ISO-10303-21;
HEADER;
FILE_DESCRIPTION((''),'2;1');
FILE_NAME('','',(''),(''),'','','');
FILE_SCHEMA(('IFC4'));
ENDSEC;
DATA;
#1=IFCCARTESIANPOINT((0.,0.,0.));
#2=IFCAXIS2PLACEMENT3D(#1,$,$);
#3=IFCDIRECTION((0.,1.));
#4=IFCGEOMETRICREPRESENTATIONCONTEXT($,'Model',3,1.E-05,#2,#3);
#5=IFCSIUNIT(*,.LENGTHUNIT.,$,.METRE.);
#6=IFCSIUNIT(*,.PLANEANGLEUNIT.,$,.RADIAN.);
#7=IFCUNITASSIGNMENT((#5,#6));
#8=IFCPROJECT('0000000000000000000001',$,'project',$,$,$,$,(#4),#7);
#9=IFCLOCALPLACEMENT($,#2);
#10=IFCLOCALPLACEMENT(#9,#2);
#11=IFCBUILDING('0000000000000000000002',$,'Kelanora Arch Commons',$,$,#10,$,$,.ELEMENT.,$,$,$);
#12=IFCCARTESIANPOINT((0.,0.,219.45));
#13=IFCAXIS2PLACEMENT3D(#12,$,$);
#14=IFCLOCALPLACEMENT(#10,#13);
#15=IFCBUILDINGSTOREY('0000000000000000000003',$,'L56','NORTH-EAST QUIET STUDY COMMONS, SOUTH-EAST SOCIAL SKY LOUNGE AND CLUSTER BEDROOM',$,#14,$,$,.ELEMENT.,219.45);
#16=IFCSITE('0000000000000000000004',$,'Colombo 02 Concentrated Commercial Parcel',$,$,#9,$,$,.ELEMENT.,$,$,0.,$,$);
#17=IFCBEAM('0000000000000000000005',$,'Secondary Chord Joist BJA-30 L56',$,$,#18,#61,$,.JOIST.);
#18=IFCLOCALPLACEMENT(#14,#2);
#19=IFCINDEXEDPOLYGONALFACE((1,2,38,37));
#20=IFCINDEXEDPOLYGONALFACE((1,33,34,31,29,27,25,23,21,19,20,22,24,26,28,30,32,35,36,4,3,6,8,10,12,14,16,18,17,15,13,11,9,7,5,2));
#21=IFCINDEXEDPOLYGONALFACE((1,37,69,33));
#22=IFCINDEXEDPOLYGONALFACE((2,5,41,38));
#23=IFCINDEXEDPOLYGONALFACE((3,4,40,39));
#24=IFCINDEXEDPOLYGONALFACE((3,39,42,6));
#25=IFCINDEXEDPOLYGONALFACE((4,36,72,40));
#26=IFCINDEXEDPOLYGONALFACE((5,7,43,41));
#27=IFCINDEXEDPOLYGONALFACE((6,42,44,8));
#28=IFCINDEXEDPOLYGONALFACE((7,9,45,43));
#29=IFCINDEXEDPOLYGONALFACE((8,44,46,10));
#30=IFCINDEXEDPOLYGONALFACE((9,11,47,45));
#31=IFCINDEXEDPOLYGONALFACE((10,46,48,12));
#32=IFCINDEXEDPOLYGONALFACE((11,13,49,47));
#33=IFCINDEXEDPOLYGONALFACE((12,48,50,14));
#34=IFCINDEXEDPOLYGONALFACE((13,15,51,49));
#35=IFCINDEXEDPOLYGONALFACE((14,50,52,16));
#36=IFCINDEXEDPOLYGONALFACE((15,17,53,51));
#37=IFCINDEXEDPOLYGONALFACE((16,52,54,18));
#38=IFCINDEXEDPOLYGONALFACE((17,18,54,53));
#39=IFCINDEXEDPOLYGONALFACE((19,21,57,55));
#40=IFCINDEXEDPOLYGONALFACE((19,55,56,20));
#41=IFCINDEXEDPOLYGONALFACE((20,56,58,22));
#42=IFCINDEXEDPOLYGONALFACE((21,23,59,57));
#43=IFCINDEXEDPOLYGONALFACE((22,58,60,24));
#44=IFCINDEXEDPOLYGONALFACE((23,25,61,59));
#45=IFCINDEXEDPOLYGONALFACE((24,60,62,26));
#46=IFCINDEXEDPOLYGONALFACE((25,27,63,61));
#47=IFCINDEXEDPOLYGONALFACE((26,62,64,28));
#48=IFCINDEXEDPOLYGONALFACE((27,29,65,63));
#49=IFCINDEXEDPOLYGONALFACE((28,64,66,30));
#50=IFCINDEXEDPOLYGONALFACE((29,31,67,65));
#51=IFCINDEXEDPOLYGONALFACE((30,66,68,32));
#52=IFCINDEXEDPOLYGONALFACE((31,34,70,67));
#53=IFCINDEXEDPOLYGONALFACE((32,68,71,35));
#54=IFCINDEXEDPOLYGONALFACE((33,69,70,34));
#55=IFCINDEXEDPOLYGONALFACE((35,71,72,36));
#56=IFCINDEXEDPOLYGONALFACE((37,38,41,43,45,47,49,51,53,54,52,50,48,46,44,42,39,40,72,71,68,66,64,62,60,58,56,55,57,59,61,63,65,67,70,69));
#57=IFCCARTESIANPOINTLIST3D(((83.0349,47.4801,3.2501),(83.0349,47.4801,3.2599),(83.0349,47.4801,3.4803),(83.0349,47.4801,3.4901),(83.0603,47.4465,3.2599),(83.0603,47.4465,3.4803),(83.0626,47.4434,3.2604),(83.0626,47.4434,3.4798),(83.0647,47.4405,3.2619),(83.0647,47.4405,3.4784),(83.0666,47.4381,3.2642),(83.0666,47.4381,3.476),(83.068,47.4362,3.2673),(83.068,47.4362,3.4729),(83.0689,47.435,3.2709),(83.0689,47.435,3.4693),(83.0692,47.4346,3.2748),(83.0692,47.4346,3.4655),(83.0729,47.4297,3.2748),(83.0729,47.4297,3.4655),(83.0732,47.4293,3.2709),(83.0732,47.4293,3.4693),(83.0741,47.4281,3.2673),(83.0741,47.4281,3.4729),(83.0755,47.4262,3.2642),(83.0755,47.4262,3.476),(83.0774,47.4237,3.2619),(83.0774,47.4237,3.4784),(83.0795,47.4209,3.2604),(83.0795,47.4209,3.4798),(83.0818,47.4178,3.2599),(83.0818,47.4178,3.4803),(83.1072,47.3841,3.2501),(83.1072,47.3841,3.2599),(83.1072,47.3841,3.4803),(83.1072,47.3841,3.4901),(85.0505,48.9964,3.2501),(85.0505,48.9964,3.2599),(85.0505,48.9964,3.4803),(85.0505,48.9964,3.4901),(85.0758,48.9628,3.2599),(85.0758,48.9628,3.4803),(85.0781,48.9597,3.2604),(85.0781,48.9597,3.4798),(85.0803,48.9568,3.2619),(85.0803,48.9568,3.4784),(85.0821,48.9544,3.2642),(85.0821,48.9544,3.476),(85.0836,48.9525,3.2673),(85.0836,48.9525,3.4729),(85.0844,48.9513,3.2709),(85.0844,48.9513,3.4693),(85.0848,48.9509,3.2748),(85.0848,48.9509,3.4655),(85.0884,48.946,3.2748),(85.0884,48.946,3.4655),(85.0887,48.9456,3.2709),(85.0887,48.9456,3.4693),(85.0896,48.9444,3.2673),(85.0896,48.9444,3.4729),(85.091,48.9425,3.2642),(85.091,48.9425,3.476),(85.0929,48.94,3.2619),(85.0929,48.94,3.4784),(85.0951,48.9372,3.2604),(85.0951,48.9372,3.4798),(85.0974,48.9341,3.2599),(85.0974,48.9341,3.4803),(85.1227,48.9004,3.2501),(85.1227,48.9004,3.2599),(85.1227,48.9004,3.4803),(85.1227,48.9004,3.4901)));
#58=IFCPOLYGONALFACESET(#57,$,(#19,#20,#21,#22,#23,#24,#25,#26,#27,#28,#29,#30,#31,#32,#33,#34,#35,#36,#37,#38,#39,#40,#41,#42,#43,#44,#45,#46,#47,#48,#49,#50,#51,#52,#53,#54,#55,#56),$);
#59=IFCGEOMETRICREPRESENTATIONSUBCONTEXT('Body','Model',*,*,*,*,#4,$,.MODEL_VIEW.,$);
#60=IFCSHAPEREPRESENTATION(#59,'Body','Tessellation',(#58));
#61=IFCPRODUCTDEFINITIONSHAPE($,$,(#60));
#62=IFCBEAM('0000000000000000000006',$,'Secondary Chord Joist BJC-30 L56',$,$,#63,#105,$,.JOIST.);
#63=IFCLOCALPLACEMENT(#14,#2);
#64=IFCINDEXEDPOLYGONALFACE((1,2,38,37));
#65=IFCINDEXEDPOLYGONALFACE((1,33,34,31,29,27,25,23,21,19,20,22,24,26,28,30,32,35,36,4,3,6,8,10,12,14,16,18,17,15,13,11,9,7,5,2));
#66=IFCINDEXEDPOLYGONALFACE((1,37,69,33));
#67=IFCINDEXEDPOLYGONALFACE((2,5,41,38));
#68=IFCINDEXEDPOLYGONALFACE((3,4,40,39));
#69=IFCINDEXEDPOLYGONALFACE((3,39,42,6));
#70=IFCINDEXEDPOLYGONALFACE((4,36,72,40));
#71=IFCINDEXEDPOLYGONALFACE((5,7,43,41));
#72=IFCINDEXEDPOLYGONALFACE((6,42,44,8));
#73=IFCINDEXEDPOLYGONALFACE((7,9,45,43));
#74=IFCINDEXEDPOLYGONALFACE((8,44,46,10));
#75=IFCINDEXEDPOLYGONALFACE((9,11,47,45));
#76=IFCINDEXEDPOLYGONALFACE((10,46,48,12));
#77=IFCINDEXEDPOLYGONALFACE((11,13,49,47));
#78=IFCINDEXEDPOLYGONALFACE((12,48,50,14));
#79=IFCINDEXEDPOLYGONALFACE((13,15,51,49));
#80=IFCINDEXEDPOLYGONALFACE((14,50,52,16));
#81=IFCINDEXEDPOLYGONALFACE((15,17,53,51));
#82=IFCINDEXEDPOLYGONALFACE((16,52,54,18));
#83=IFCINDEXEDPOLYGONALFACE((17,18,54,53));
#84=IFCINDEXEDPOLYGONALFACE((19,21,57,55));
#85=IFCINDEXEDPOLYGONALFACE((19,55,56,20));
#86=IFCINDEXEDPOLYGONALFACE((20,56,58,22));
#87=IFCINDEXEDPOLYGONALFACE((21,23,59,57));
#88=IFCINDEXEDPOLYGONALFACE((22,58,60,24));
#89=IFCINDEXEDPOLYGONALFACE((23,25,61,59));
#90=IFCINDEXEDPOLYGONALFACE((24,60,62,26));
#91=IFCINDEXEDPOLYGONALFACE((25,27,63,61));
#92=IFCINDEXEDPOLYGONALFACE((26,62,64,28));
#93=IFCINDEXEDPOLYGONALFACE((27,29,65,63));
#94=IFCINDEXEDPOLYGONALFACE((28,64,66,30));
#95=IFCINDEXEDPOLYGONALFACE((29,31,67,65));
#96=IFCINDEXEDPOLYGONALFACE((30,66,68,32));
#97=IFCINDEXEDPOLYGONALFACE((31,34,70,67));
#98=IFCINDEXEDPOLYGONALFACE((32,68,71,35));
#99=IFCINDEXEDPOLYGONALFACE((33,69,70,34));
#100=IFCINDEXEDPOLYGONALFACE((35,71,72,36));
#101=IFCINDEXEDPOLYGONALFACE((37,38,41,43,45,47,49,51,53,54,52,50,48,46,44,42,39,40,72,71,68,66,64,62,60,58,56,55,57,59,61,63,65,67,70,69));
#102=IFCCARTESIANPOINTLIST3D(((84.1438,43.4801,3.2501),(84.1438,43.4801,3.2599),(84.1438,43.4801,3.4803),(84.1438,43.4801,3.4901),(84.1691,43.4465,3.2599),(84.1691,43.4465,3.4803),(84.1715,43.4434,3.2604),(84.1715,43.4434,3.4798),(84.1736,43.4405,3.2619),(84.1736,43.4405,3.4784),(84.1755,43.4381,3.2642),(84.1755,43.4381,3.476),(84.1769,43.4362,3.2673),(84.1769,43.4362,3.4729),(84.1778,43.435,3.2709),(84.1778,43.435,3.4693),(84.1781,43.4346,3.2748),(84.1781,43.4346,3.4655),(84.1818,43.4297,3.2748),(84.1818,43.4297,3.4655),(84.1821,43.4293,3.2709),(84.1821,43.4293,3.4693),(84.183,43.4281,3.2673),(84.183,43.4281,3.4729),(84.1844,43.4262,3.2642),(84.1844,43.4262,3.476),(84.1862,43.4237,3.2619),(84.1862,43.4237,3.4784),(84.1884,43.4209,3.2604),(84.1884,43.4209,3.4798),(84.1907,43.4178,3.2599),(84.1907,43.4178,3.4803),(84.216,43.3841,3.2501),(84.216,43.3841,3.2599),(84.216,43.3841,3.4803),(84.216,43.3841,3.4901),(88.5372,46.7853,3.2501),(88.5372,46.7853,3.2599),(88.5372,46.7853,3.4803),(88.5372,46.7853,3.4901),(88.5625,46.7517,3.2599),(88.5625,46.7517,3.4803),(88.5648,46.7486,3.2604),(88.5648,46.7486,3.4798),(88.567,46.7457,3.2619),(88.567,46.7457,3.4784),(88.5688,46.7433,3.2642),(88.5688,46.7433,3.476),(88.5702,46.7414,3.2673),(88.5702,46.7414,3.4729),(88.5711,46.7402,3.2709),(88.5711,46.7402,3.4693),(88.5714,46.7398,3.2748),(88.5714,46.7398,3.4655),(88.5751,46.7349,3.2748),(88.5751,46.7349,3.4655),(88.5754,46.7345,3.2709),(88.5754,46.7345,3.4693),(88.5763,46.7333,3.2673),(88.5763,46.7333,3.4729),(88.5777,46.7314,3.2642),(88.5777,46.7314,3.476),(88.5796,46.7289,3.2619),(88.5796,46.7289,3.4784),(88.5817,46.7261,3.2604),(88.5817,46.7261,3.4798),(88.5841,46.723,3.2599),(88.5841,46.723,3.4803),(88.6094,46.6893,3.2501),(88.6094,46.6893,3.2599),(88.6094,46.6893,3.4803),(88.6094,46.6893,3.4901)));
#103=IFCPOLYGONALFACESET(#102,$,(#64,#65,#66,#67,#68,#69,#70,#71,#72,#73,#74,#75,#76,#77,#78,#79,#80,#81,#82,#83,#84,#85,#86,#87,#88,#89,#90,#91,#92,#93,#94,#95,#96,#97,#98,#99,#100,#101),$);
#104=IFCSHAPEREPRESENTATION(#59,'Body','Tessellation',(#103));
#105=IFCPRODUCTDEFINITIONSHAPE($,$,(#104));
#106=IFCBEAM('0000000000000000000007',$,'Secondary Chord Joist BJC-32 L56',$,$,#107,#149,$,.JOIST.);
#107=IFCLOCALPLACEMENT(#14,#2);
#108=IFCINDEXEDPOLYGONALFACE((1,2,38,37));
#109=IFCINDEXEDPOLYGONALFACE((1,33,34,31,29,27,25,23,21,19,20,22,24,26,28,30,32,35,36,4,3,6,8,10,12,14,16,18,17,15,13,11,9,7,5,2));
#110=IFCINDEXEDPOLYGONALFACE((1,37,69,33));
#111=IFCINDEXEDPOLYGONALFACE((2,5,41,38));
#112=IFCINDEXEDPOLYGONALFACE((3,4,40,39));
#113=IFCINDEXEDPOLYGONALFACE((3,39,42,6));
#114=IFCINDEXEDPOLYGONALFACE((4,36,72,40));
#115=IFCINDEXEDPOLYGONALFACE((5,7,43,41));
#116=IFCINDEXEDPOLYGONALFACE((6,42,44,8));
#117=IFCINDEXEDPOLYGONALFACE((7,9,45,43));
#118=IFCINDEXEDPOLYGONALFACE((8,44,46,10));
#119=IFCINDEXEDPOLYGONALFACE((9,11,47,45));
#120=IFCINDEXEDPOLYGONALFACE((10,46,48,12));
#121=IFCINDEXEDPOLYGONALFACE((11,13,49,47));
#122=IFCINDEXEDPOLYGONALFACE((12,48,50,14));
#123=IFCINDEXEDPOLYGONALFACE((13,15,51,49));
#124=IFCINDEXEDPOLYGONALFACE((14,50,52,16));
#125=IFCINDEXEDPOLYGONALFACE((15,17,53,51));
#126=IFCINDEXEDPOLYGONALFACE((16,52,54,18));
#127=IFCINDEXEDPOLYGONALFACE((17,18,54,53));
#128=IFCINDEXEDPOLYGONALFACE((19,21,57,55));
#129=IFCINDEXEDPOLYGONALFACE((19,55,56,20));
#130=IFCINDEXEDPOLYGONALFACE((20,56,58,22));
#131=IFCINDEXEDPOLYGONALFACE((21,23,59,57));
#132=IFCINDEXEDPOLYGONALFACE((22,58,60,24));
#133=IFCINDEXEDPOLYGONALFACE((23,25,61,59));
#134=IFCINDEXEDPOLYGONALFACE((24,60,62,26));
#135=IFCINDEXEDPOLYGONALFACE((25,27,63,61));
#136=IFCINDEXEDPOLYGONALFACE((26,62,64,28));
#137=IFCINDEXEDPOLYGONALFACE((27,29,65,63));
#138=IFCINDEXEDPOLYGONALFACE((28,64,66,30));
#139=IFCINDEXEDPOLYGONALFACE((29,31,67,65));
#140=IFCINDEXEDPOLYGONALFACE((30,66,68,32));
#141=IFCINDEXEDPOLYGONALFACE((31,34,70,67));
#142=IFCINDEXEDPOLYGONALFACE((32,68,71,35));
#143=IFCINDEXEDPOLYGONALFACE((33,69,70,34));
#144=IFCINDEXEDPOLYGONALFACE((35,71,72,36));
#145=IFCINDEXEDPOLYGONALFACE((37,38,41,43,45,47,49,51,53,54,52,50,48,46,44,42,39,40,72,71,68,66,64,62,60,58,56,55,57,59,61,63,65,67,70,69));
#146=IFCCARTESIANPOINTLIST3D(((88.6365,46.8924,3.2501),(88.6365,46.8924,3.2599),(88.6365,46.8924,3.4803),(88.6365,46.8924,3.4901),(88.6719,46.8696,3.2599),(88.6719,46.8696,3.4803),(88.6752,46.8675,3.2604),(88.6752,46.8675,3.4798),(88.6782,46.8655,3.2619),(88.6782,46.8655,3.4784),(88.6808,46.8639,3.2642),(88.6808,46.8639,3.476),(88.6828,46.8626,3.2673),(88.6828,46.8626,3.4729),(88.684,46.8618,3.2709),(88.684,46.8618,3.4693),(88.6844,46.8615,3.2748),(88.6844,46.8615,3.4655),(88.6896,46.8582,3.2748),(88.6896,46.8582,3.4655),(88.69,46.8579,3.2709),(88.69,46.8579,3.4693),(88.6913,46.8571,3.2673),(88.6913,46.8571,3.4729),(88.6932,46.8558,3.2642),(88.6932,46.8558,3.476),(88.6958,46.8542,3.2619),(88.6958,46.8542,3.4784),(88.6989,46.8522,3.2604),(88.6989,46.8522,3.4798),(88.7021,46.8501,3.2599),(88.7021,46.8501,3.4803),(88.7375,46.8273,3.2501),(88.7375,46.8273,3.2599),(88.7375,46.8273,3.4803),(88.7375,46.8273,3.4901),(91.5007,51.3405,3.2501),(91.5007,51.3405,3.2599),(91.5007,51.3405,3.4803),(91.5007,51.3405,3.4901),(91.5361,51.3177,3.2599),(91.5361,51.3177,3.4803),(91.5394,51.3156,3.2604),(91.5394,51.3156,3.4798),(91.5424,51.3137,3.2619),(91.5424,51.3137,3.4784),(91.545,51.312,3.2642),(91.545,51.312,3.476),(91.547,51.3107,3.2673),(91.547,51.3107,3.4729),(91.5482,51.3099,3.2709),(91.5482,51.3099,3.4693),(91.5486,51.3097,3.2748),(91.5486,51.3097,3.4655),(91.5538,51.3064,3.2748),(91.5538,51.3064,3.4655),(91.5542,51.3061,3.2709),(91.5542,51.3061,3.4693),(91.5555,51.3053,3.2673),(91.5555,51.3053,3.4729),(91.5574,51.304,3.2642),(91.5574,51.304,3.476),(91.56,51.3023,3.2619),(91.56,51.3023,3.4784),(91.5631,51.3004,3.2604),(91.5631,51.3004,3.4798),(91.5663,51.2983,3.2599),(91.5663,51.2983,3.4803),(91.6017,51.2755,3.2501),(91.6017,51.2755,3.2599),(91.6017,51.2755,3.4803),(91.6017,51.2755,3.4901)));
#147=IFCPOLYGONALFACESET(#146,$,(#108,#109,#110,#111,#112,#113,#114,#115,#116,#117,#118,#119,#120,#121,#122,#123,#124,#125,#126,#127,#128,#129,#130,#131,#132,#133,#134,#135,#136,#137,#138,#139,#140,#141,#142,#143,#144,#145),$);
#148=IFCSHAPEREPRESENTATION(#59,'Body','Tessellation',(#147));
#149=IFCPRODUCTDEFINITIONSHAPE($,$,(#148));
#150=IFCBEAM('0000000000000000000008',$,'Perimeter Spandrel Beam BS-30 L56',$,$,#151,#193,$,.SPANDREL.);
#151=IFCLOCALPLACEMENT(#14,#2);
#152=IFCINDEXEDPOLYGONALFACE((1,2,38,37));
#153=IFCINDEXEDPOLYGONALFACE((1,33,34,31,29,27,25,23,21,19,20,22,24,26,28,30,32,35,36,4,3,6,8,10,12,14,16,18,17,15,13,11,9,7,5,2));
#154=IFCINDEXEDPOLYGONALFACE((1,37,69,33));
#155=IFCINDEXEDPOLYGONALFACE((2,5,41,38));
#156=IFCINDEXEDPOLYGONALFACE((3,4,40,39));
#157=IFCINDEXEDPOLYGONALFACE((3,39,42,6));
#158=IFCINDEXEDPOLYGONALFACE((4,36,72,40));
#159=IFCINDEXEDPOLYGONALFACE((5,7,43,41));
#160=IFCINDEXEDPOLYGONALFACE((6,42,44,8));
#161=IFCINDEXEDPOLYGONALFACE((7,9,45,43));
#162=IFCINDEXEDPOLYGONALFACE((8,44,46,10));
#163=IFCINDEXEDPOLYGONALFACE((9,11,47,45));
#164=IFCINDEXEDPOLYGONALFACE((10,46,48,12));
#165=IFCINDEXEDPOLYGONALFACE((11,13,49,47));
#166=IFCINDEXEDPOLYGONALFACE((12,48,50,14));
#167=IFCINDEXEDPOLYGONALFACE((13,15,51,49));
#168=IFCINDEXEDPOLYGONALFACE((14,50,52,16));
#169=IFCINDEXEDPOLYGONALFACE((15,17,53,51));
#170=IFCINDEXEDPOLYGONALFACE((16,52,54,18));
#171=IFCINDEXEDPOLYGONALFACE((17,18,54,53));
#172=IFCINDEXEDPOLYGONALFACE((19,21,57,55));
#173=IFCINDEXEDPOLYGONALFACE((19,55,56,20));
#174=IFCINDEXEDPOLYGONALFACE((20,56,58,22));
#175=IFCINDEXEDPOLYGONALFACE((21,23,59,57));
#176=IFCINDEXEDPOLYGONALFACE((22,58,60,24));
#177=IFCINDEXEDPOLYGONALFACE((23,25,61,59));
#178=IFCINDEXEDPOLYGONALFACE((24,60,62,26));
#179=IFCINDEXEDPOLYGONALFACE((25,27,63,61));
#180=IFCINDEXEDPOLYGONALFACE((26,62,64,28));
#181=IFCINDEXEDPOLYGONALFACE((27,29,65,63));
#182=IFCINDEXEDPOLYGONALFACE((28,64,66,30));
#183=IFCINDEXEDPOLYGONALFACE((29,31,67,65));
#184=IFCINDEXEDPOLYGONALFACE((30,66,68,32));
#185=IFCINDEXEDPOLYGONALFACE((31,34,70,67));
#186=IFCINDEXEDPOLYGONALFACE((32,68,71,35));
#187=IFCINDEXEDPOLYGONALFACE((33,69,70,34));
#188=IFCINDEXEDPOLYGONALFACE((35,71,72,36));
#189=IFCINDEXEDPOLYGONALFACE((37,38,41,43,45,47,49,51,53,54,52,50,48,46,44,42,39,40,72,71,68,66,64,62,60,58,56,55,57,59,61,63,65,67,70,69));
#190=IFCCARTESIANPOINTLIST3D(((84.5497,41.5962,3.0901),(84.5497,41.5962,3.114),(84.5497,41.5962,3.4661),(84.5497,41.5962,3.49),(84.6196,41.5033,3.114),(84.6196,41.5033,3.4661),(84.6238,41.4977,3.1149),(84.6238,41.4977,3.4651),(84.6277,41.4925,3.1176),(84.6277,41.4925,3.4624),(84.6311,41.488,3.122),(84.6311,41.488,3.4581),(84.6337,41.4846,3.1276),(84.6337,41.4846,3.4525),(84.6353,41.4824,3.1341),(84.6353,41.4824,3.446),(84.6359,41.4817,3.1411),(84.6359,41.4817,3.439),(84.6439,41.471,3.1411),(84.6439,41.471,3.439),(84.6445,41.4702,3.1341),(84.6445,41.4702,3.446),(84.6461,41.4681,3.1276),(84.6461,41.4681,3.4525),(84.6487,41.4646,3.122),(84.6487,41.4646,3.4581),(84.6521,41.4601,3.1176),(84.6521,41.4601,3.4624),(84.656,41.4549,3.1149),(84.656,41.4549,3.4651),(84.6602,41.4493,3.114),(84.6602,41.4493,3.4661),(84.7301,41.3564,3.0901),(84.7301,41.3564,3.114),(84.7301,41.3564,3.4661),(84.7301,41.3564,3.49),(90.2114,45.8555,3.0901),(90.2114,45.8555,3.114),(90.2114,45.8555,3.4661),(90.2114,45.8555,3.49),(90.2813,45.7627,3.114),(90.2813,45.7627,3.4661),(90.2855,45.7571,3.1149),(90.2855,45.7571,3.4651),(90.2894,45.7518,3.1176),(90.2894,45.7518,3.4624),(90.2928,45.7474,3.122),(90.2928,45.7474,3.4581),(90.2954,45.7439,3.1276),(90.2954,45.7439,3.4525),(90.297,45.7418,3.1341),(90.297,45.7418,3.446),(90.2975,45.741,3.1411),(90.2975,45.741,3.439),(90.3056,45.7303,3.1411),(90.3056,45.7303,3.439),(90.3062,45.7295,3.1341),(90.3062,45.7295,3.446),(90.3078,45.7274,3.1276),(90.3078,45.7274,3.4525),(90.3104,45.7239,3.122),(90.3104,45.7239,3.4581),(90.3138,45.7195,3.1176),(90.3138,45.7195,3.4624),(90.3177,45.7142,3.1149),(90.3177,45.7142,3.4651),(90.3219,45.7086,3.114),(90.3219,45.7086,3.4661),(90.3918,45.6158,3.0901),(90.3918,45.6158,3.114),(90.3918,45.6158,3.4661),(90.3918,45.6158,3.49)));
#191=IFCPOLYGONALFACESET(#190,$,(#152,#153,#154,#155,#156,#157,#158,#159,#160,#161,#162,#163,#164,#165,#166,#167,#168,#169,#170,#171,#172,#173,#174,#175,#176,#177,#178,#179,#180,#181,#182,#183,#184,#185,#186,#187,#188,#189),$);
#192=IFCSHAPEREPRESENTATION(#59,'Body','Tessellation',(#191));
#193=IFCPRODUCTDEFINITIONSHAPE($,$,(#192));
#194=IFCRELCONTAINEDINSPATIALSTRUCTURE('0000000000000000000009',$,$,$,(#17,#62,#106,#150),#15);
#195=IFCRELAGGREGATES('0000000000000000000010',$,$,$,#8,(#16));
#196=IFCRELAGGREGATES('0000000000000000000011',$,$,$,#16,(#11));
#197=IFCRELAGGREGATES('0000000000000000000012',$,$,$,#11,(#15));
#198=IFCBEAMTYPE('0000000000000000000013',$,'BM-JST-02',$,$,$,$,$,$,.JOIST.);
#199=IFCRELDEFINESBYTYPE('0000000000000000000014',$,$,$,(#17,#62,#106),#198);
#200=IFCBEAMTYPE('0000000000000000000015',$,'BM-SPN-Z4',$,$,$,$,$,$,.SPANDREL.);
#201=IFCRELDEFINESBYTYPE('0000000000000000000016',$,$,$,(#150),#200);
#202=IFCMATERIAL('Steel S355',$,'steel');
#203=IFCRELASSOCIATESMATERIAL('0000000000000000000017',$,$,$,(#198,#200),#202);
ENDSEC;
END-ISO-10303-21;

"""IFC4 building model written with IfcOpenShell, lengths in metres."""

from ifc_helpers import new_model, si_unit, direction, frame, origin, origin_2d, place, context, subcontext, project, spatial, i_section, extrude, material, material_profile, profile_set, type_object, element, save


model = new_model("IFC4")

# Units and contexts
model_context = context("Model", 3, precision=1e-05, world=origin(), true_north=direction((0.0, 1.0)))
body_context = subcontext(model_context, "Body", "Model", "MODEL_VIEW")
ifc_project = project(units=[si_unit("LENGTHUNIT", "METRE"), si_unit("PLANEANGLEUNIT", "RADIAN")], contexts=[model_context])

# Site, building, storey
site_placement = place(None, origin())
site = spatial("IfcSite", under=ifc_project, at=site_placement, Name="Colombo 02 Concentrated Commercial Parcel", CompositionType="ELEMENT", RefElevation=0.0)
building_placement = place(site_placement, origin())
building = spatial("IfcBuilding", under=site, at=building_placement, Name="Kelanora Arch Commons", CompositionType="ELEMENT")
storey_placement = place(building_placement, frame((0.0, 0.0, 219.45)))
storey = spatial("IfcBuildingStorey", under=building, at=storey_placement, Name="L56", Description="NORTH-EAST QUIET STUDY COMMONS, SOUTH-EAST SOCIAL SKY LOUNGE AND CLUSTER BEDROOM", CompositionType="ELEMENT", Elevation=219.45)

# Beams
ifc_material_1 = material(Name="Steel S355", Category="steel")
ifc_material_profile_1 = material_profile(ifc_material_1, i_section(OverallWidth=0.1201, OverallDepth=0.24, WebThickness=0.0061, FlangeThickness=0.0098, FilletRadius=0.0149, at=origin_2d()), Name="IPE240")
ifc_profile_set_1 = profile_set([ifc_material_profile_1], Name="Steel S355")
beam_type_1 = type_object("IfcBeamType", Name="BM-JST-02", PredefinedType="JOIST", material=ifc_profile_set_1)
beam_1_placement = place(storey_placement, frame((83.071, 47.4321, 3.3701), z_axis=(0.799116, 0.601176, 0.0), x_axis=(-0.601176, 0.799116, 0.0)))
element("IfcBeam", 1, at=beam_1_placement, inside=storey, type_object=beam_type_1, Name="Secondary Chord Joist BJA-30 L56", PredefinedType="JOIST", context=body_context, shape_type="SweptSolid", body=[
    extrude(i_section(OverallWidth=0.1201, OverallDepth=0.24, WebThickness=0.0061, FlangeThickness=0.0098, FilletRadius=0.0149, at=origin_2d()), origin(), (0.0, 0.0, 1.0), 2.5222),
])
beam_2_placement = place(storey_placement, frame((84.1799, 43.4321, 3.3701), z_axis=(0.799109, 0.601186, 0.0), x_axis=(-0.601186, 0.799109, 0.0)))
element("IfcBeam", 2, at=beam_2_placement, inside=storey, type_object=beam_type_1, Name="Secondary Chord Joist BJC-30 L56", PredefinedType="JOIST", context=body_context, shape_type="SweptSolid", body=[
    extrude(i_section(OverallWidth=0.1201, OverallDepth=0.24, WebThickness=0.0061, FlangeThickness=0.0098, FilletRadius=0.0149, at=origin_2d()), origin(), (0.0, 0.0, 1.0), 5.4978),
])
beam_3_placement = place(storey_placement, frame((88.687, 46.8599, 3.3701), z_axis=(0.541382, 0.840776, 0.0), x_axis=(-0.840776, 0.541382, 0.0)))
element("IfcBeam", 3, at=beam_3_placement, inside=storey, type_object=beam_type_1, Name="Secondary Chord Joist BJC-32 L56", PredefinedType="JOIST", context=body_context, shape_type="SweptSolid", body=[
    extrude(i_section(OverallWidth=0.1201, OverallDepth=0.24, WebThickness=0.0061, FlangeThickness=0.0098, FilletRadius=0.0149, at=origin_2d()), origin(), (0.0, 0.0, 1.0), 5.2905),
])
ifc_material_profile_2 = material_profile(ifc_material_1, i_section(OverallWidth=0.3, OverallDepth=0.3999, WebThickness=0.0134, FlangeThickness=0.0239, FilletRadius=0.0271, at=origin_2d()), Name="HEB400")
ifc_profile_set_2 = profile_set([ifc_material_profile_2], Name="Steel S355")
beam_type_2 = type_object("IfcBeamType", Name="BM-SPN-Z4", PredefinedType="SPANDREL", material=ifc_profile_set_2)
beam_4_placement = place(storey_placement, frame((84.6399, 41.4763, 3.29), z_axis=(0.799114, 0.601179, 0.0), x_axis=(-0.601179, 0.799114, 0.0)))
element("IfcBeam", 4, at=beam_4_placement, inside=storey, type_object=beam_type_2, Name="Perimeter Spandrel Beam BS-30 L56", PredefinedType="SPANDREL", context=body_context, shape_type="SweptSolid", body=[
    extrude(i_section(OverallWidth=0.3, OverallDepth=0.3999, WebThickness=0.0134, FlangeThickness=0.0239, FilletRadius=0.0271, at=origin_2d()), origin(), (0.0, 0.0, 1.0), 7.085),
])

save(model, "model.ifc")
